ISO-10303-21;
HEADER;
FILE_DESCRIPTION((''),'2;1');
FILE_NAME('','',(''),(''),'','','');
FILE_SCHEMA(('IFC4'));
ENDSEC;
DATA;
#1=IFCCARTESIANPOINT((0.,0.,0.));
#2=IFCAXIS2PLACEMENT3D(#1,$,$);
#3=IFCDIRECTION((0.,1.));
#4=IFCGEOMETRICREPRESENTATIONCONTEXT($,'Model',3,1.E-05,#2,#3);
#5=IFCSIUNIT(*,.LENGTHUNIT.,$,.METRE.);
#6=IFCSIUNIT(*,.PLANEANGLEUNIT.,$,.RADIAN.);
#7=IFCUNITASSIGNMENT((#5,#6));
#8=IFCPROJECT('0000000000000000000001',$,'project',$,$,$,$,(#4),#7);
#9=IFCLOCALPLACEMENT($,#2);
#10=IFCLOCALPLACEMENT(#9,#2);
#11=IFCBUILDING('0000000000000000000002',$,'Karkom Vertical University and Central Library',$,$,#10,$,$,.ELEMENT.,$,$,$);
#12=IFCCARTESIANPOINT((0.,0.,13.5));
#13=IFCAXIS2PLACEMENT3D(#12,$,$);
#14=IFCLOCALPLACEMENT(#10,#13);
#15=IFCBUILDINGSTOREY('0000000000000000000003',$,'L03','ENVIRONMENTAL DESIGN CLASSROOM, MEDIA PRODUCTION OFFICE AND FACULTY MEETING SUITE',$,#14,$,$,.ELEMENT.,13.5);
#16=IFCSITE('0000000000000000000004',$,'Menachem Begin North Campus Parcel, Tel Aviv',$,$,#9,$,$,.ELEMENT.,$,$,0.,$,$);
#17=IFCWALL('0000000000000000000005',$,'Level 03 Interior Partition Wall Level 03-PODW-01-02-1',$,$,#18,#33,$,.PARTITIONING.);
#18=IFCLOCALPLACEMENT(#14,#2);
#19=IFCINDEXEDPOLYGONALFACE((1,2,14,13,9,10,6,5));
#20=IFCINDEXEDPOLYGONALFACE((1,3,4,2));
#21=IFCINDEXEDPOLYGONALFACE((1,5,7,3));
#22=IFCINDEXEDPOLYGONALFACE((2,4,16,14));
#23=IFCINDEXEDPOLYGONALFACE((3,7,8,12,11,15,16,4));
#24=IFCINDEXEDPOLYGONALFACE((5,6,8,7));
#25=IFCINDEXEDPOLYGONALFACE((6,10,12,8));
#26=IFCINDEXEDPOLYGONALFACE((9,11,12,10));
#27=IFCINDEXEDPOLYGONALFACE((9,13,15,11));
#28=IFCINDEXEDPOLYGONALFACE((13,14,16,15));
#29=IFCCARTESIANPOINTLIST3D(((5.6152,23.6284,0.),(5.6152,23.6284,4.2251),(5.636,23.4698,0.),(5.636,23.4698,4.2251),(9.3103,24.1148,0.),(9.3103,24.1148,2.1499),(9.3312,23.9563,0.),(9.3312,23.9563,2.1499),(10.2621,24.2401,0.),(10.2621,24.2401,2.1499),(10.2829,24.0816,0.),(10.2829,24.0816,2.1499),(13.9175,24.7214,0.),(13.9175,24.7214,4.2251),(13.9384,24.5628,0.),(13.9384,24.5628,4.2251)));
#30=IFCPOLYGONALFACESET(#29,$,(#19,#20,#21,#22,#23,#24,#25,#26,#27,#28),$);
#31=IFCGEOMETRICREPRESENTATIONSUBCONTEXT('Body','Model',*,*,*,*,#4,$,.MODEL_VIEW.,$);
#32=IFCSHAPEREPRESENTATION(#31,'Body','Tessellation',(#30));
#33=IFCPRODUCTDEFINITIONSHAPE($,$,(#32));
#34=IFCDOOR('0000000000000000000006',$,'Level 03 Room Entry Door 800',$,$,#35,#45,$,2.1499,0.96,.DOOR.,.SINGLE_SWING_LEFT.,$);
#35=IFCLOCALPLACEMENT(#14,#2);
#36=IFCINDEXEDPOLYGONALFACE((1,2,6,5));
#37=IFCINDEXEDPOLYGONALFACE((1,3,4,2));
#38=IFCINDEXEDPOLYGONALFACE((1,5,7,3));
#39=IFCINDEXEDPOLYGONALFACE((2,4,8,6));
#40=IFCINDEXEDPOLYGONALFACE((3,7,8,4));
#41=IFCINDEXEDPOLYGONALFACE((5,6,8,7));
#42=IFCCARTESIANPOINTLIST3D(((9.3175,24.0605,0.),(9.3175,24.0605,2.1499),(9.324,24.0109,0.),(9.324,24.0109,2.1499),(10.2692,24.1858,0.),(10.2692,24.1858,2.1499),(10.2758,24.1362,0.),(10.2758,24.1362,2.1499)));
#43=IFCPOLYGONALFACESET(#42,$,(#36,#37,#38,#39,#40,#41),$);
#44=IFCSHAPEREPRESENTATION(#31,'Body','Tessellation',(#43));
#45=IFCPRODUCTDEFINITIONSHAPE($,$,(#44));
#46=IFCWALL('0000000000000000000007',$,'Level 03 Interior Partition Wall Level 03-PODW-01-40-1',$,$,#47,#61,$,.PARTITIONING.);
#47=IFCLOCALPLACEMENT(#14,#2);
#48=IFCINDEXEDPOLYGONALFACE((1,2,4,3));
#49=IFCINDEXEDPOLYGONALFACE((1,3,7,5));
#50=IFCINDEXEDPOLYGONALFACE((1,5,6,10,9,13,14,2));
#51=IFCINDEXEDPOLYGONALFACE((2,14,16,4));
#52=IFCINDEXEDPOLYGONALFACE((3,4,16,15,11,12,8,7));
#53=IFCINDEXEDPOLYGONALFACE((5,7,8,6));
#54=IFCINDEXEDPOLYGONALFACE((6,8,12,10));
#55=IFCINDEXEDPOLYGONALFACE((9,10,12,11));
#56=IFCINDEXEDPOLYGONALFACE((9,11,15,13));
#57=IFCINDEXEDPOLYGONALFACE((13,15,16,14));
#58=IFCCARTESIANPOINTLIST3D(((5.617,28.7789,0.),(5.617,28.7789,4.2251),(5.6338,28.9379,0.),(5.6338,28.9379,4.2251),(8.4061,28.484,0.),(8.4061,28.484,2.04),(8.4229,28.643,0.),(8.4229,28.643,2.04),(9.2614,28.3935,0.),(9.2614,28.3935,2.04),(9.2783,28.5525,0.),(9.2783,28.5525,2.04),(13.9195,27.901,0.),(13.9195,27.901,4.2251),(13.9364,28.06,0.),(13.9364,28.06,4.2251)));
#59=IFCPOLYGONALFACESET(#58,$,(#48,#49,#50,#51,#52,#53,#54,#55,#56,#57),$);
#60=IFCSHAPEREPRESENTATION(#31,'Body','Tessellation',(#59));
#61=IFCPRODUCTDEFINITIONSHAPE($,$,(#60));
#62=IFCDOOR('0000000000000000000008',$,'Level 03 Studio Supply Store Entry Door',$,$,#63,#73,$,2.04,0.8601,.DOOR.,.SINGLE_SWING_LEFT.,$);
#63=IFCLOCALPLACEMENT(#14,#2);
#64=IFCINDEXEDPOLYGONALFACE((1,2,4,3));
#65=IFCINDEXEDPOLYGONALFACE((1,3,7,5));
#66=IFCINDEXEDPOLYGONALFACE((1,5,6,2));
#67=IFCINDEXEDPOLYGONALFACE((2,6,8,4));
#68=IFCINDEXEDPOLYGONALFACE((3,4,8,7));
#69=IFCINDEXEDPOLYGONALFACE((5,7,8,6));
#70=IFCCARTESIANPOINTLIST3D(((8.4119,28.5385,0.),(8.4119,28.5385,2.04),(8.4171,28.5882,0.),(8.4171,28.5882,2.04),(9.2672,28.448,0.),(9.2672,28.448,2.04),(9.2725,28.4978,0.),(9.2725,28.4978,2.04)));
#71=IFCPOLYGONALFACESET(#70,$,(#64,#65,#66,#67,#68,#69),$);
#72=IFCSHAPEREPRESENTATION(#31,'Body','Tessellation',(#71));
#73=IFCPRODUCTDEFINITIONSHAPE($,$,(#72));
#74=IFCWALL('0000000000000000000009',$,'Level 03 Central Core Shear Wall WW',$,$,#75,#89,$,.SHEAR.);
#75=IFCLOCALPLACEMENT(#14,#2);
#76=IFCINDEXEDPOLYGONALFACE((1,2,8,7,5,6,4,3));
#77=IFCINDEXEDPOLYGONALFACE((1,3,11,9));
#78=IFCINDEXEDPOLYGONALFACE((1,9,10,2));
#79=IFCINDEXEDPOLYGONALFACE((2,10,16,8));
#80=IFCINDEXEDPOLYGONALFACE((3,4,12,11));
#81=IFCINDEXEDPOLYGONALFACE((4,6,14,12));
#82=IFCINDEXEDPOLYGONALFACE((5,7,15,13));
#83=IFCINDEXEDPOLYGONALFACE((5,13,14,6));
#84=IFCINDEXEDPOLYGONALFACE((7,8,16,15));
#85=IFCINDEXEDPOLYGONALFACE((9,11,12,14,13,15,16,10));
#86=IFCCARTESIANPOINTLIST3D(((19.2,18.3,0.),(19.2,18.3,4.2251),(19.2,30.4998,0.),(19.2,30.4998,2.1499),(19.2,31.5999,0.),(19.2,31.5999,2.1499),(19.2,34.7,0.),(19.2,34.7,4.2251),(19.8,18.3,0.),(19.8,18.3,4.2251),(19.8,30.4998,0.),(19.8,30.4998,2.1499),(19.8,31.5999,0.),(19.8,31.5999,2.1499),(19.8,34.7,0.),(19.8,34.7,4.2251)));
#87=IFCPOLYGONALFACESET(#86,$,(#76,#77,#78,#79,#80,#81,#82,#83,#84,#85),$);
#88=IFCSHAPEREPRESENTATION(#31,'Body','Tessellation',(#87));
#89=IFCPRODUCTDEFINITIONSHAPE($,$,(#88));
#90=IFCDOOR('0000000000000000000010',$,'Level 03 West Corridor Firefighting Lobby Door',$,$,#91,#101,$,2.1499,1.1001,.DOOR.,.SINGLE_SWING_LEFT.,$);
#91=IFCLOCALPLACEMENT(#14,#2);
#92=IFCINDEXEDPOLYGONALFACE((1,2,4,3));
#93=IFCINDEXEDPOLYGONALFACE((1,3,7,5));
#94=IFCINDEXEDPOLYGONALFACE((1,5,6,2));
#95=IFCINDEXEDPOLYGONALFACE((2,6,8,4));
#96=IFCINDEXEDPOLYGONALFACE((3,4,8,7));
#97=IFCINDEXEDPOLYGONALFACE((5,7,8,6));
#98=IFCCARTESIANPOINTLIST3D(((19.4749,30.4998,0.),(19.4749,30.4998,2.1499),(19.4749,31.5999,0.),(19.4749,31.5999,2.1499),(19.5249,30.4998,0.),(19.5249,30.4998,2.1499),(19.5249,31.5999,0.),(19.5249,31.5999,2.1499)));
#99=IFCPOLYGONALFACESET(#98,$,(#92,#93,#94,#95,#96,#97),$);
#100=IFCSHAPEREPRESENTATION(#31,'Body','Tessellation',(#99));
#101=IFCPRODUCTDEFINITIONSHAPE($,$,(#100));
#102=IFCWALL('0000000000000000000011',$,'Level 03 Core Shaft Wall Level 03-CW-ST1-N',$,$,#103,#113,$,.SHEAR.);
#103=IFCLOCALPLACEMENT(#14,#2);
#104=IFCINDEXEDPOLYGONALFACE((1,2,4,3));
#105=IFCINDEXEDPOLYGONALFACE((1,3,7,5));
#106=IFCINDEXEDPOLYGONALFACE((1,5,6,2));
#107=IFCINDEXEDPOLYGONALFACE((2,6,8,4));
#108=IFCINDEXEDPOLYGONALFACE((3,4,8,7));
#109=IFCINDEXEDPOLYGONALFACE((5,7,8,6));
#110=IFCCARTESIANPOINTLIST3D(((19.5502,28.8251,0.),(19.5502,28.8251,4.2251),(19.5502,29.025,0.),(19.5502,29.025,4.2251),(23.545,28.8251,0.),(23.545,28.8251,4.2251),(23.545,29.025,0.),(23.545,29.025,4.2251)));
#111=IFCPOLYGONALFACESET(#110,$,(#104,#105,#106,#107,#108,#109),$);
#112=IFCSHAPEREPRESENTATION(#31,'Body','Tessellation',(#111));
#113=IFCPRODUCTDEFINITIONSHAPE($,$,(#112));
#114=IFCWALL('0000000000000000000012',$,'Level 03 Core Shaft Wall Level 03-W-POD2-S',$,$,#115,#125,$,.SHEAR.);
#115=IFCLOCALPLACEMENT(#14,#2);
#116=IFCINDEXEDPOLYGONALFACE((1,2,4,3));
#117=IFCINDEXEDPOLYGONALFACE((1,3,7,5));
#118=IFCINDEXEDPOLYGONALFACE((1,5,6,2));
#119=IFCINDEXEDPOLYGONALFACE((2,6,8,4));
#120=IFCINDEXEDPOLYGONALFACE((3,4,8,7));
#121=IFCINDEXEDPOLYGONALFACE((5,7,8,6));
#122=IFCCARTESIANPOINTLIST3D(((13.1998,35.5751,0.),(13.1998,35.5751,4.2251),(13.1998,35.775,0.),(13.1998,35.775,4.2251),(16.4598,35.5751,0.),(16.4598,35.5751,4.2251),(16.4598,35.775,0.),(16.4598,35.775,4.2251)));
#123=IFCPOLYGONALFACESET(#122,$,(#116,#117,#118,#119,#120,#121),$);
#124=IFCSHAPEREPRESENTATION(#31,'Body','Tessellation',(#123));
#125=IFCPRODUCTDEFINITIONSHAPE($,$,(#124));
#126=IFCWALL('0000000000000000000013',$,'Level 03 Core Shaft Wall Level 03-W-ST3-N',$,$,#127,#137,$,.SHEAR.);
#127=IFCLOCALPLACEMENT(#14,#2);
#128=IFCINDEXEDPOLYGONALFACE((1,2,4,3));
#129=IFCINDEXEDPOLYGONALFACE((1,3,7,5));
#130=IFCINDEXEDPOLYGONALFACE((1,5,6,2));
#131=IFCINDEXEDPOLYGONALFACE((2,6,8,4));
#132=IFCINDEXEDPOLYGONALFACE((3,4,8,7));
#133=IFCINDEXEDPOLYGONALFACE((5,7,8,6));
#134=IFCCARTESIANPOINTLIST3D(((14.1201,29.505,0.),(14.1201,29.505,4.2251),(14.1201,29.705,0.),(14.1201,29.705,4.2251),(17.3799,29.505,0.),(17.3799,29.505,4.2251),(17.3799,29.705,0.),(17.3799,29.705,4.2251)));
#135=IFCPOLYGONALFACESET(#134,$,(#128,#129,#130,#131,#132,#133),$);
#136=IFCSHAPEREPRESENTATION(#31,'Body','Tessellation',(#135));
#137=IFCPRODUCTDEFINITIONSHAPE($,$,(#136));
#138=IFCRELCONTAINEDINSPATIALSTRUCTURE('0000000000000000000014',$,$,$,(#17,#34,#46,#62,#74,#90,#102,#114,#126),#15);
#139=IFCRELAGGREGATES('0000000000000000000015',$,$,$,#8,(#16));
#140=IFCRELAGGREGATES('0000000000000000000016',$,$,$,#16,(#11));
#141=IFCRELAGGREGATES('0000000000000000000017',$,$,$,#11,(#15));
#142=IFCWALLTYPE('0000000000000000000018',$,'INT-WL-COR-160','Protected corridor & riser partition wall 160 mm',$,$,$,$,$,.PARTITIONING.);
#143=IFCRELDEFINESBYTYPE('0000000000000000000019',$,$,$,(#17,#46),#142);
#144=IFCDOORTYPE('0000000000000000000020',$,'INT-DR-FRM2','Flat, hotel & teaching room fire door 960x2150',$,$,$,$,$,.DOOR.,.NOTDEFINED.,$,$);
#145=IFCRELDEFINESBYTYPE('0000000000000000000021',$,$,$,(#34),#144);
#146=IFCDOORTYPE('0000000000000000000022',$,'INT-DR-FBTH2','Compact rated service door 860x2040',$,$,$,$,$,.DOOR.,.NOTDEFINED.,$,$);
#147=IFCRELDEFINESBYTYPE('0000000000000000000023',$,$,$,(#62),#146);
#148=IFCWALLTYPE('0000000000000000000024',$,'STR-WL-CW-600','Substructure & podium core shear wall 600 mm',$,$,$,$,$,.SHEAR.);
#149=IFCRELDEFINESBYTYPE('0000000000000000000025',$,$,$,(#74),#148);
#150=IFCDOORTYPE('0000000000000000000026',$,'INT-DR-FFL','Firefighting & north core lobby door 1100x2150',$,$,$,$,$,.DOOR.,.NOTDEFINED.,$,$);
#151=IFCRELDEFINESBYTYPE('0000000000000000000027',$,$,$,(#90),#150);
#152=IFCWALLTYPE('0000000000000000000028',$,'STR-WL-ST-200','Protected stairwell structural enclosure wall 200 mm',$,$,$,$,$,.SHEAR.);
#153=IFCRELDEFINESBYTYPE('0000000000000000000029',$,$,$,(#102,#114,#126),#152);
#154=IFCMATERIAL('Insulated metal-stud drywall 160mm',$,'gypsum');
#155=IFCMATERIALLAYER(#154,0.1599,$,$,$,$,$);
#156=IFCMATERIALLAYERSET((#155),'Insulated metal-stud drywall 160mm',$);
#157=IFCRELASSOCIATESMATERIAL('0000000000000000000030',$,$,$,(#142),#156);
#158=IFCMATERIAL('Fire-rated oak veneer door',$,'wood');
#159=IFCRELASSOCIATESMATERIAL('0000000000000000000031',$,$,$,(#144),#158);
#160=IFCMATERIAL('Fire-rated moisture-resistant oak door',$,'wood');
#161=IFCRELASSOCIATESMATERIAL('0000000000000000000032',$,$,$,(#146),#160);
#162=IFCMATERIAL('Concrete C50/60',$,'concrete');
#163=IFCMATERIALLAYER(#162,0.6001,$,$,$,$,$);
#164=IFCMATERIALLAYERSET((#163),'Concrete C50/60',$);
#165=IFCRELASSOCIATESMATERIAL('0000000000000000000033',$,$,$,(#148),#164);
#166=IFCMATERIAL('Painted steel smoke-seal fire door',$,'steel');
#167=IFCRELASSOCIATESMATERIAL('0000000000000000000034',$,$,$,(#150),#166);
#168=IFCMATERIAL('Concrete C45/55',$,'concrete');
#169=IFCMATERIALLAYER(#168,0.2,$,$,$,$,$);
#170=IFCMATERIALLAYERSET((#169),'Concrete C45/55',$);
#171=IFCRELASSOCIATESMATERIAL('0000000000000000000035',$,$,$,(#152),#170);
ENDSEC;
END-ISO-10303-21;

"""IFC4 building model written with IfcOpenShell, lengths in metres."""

from ifc_helpers import new_model, si_unit, direction, frame, frame_2d, origin, origin_with_axes, place, context, subcontext, project, spatial, rectangle, extrude, source, transform, mapped, material, layer, layer_set, type_object, element, fill, save


model = new_model("IFC4")

# Units and contexts
model_context = context("Model", 3, precision=1e-05, world=origin(), true_north=direction((0.0, 1.0)))
body_context = subcontext(model_context, "Body", "Model", "MODEL_VIEW")
ifc_project = project(units=[si_unit("LENGTHUNIT", "METRE"), si_unit("PLANEANGLEUNIT", "RADIAN")], contexts=[model_context])

# Site, building, storey
site_placement = place(None, origin())
site = spatial("IfcSite", under=ifc_project, at=site_placement, Name="Menachem Begin North Campus Parcel, Tel Aviv", CompositionType="ELEMENT", RefElevation=0.0)
building_placement = place(site_placement, origin())
building = spatial("IfcBuilding", under=site, at=building_placement, Name="Karkom Vertical University and Central Library", CompositionType="ELEMENT")
storey_placement = place(building_placement, frame((0.0, 0.0, 13.5)))
storey = spatial("IfcBuildingStorey", under=building, at=storey_placement, Name="L03", Description="ENVIRONMENTAL DESIGN CLASSROOM, MEDIA PRODUCTION OFFICE AND FACULTY MEETING SUITE", CompositionType="ELEMENT", Elevation=13.5)

# Shared definitions
ifc_material_1 = material(Name="Concrete C50/60", Category="concrete")

# Shared definitions
ifc_material_2 = material(Name="Insulated metal-stud drywall 160mm", Category="gypsum")
ifc_layer_1 = layer(ifc_material_2, 0.1599)
ifc_layer_set_1 = layer_set([ifc_layer_1], Name="Insulated metal-stud drywall 160mm")
wall_type_1 = type_object("IfcWallType", Name="INT-WL-COR-160", Description="Protected corridor & riser partition wall 160 mm", PredefinedType="PARTITIONING", material=ifc_layer_set_1)

# Walls, openings, doors
wall_1_placement = place(storey_placement, frame((13.928, 24.6421, 0.0), z_axis=(0.0, 0.0, 1.0), x_axis=(-0.991445, -0.130523, 0.0)))
wall_1 = element("IfcWall", 1, at=wall_1_placement, inside=storey, type_object=wall_type_1, Name="Level 03 Interior Partition Wall Level 03-PODW-01-02-1", PredefinedType="PARTITIONING", context=body_context, shape_type="SweptSolid", body=[
    extrude(rectangle(XDim=8.374, YDim=0.1599, at=frame_2d((4.187, 0.0))), origin(), (0.0, 0.0, 1.0), 4.2251),
])
opening_1_placement = place(wall_1_placement, frame((3.687, 0.0, 0.0)))
opening_1 = element("IfcOpeningElement", 2, at=opening_1_placement, cuts=wall_1, PredefinedType="OPENING", context=body_context, shape_type="SweptSolid", body=[
    extrude(rectangle(XDim=0.96, YDim=2.1499, at=frame_2d((0.48, 1.075))), frame((0.0, 0.0898, 0.0), z_axis=(0.0, -1.0, 0.0), x_axis=(1.0, 0.0, 0.0)), (0.0, 0.0, 1.0), 0.1799),
])
ifc_material_3 = material(Name="Fire-rated oak veneer door", Category="wood")
door_type_1 = type_object("IfcDoorType", Name="INT-DR-FRM2", Description="Flat, hotel & teaching room fire door 960x2150", OperationType="NOTDEFINED", PredefinedType="DOOR", material=ifc_material_3)
shared_shape_1 = source(origin_with_axes(), body_context, "Body", "SweptSolid", [
    extrude(rectangle(XDim=0.96, YDim=2.1499, at=frame_2d((0.48, 1.075))), frame((0.0, 0.0249, 0.0), z_axis=(0.0, -1.0, 0.0), x_axis=(1.0, 0.0, 0.0)), (0.0, 0.0, 1.0), 0.05),
])
door_1_placement = place(opening_1_placement, origin())
door_1 = element("IfcDoor", 3, at=door_1_placement, inside=storey, type_object=door_type_1, Name="Level 03 Room Entry Door 800", OperationType="SINGLE_SWING_LEFT", OverallHeight=2.1499, OverallWidth=0.96, PredefinedType="DOOR", context=body_context, shape_type="MappedRepresentation", body=[
    mapped(shared_shape_1, transform((0.0, 0.0, 0.0), scale=1.0)),
])
fill(opening_1, door_1)
wall_2_placement = place(storey_placement, frame((5.6255, 28.8584, 0.0), z_axis=(0.0, 0.0, 1.0), x_axis=(0.994456, -0.105157, 0.0)))
wall_2 = element("IfcWall", 4, at=wall_2_placement, inside=storey, type_object=wall_type_1, Name="Level 03 Interior Partition Wall Level 03-PODW-01-40-1", PredefinedType="PARTITIONING", context=body_context, shape_type="SweptSolid", body=[
    extrude(rectangle(XDim=8.3489, YDim=0.1599, at=frame_2d((4.1743, 0.0))), origin(), (0.0, 0.0, 1.0), 4.2251),
])
opening_2_placement = place(wall_2_placement, frame((2.8044, 0.0, 0.0)))
opening_2 = element("IfcOpeningElement", 5, at=opening_2_placement, cuts=wall_2, PredefinedType="OPENING", context=body_context, shape_type="SweptSolid", body=[
    extrude(rectangle(XDim=0.8601, YDim=2.04, at=frame_2d((0.4302, 1.02))), frame((0.0, 0.0898, 0.0), z_axis=(0.0, -1.0, 0.0), x_axis=(1.0, 0.0, 0.0)), (0.0, 0.0, 1.0), 0.1799),
])
ifc_material_4 = material(Name="Fire-rated moisture-resistant oak door", Category="wood")
door_type_2 = type_object("IfcDoorType", Name="INT-DR-FBTH2", Description="Compact rated service door 860x2040", OperationType="NOTDEFINED", PredefinedType="DOOR", material=ifc_material_4)
shared_shape_2 = source(origin_with_axes(), body_context, "Body", "SweptSolid", [
    extrude(rectangle(XDim=0.8601, YDim=2.04, at=frame_2d((0.4302, 1.02))), frame((0.0, 0.0249, 0.0), z_axis=(0.0, -1.0, 0.0), x_axis=(1.0, 0.0, 0.0)), (0.0, 0.0, 1.0), 0.05),
])
door_2_placement = place(opening_2_placement, origin())
door_2 = element("IfcDoor", 6, at=door_2_placement, inside=storey, type_object=door_type_2, Name="Level 03 Studio Supply Store Entry Door", OperationType="SINGLE_SWING_LEFT", OverallHeight=2.04, OverallWidth=0.8601, PredefinedType="DOOR", context=body_context, shape_type="MappedRepresentation", body=[
    mapped(shared_shape_2, transform((0.0, 0.0, 0.0), scale=1.0)),
])
fill(opening_2, door_2)

# Wall, opening, door
ifc_layer_2 = layer(ifc_material_1, 0.6001)
ifc_layer_set_2 = layer_set([ifc_layer_2], Name="Concrete C50/60")
wall_type_2 = type_object("IfcWallType", Name="STR-WL-CW-600", Description="Substructure & podium core shear wall 600 mm", PredefinedType="SHEAR", material=ifc_layer_set_2)
wall_3_placement = place(storey_placement, frame((19.5, 34.7, 0.0), z_axis=(0.0, 0.0, 1.0), x_axis=(0.0, -1.0, 0.0)))
wall_3 = element("IfcWall", 7, at=wall_3_placement, inside=storey, type_object=wall_type_2, Name="Level 03 Central Core Shear Wall WW", PredefinedType="SHEAR", context=body_context, shape_type="SweptSolid", body=[
    extrude(rectangle(XDim=16.3999, YDim=0.6001, at=frame_2d((8.2, 0.0))), origin(), (0.0, 0.0, 1.0), 4.2251),
])
opening_3_placement = place(wall_3_placement, frame((3.1001, 0.0, 0.0)))
opening_3 = element("IfcOpeningElement", 8, at=opening_3_placement, cuts=wall_3, PredefinedType="OPENING", context=body_context, shape_type="SweptSolid", body=[
    extrude(rectangle(XDim=1.1001, YDim=2.1499, at=frame_2d((0.55, 1.075))), frame((0.0, 0.3101, 0.0), z_axis=(0.0, -1.0, 0.0), x_axis=(1.0, 0.0, 0.0)), (0.0, 0.0, 1.0), 0.6201),
])
ifc_material_5 = material(Name="Painted steel smoke-seal fire door", Category="steel")
door_type_3 = type_object("IfcDoorType", Name="INT-DR-FFL", Description="Firefighting & north core lobby door 1100x2150", OperationType="NOTDEFINED", PredefinedType="DOOR", material=ifc_material_5)
shared_shape_3 = source(origin_with_axes(), body_context, "Body", "SweptSolid", [
    extrude(rectangle(XDim=1.1001, YDim=2.1499, at=frame_2d((0.55, 1.075))), frame((0.0, 0.0249, 0.0), z_axis=(0.0, -1.0, 0.0), x_axis=(1.0, 0.0, 0.0)), (0.0, 0.0, 1.0), 0.05),
])
door_3_placement = place(opening_3_placement, origin())
door_3 = element("IfcDoor", 9, at=door_3_placement, inside=storey, type_object=door_type_3, Name="Level 03 West Corridor Firefighting Lobby Door", OperationType="SINGLE_SWING_LEFT", OverallHeight=2.1499, OverallWidth=1.1001, PredefinedType="DOOR", context=body_context, shape_type="MappedRepresentation", body=[
    mapped(shared_shape_3, transform((0.0, 0.0, 0.0), scale=1.0)),
])
fill(opening_3, door_3)

# Walls
ifc_material_6 = material(Name="Concrete C45/55", Category="concrete")
ifc_layer_3 = layer(ifc_material_6, 0.2)
ifc_layer_set_3 = layer_set([ifc_layer_3], Name="Concrete C45/55")
wall_type_3 = type_object("IfcWallType", Name="STR-WL-ST-200", Description="Protected stairwell structural enclosure wall 200 mm", PredefinedType="SHEAR", material=ifc_layer_set_3)
wall_4_placement = place(storey_placement, frame((19.55, 28.925, 0.0), z_axis=(0.0, 0.0, 1.0), x_axis=(1.0, 0.0, 0.0)))
element("IfcWall", 10, at=wall_4_placement, inside=storey, type_object=wall_type_3, Name="Level 03 Core Shaft Wall Level 03-CW-ST1-N", PredefinedType="SHEAR", context=body_context, shape_type="SweptSolid", body=[
    extrude(rectangle(XDim=3.9949, YDim=0.2, at=frame_2d((1.9976, 0.0))), origin(), (0.0, 0.0, 1.0), 4.2251),
])
wall_5_placement = place(storey_placement, frame((13.2, 35.675, 0.0), z_axis=(0.0, 0.0, 1.0), x_axis=(1.0, 0.0, 0.0)))
element("IfcWall", 11, at=wall_5_placement, inside=storey, type_object=wall_type_3, Name="Level 03 Core Shaft Wall Level 03-W-POD2-S", PredefinedType="SHEAR", context=body_context, shape_type="SweptSolid", body=[
    extrude(rectangle(XDim=3.26, YDim=0.2, at=frame_2d((1.6299, 0.0))), origin(), (0.0, 0.0, 1.0), 4.2251),
])
wall_6_placement = place(storey_placement, frame((14.1201, 29.605, 0.0), z_axis=(0.0, 0.0, 1.0), x_axis=(1.0, 0.0, 0.0)))
element("IfcWall", 12, at=wall_6_placement, inside=storey, type_object=wall_type_3, Name="Level 03 Core Shaft Wall Level 03-W-ST3-N", PredefinedType="SHEAR", context=body_context, shape_type="SweptSolid", body=[
    extrude(rectangle(XDim=3.2598, YDim=0.2, at=frame_2d((1.6299, 0.0))), origin(), (0.0, 0.0, 1.0), 4.2251),
])

save(model, "model.ifc")
